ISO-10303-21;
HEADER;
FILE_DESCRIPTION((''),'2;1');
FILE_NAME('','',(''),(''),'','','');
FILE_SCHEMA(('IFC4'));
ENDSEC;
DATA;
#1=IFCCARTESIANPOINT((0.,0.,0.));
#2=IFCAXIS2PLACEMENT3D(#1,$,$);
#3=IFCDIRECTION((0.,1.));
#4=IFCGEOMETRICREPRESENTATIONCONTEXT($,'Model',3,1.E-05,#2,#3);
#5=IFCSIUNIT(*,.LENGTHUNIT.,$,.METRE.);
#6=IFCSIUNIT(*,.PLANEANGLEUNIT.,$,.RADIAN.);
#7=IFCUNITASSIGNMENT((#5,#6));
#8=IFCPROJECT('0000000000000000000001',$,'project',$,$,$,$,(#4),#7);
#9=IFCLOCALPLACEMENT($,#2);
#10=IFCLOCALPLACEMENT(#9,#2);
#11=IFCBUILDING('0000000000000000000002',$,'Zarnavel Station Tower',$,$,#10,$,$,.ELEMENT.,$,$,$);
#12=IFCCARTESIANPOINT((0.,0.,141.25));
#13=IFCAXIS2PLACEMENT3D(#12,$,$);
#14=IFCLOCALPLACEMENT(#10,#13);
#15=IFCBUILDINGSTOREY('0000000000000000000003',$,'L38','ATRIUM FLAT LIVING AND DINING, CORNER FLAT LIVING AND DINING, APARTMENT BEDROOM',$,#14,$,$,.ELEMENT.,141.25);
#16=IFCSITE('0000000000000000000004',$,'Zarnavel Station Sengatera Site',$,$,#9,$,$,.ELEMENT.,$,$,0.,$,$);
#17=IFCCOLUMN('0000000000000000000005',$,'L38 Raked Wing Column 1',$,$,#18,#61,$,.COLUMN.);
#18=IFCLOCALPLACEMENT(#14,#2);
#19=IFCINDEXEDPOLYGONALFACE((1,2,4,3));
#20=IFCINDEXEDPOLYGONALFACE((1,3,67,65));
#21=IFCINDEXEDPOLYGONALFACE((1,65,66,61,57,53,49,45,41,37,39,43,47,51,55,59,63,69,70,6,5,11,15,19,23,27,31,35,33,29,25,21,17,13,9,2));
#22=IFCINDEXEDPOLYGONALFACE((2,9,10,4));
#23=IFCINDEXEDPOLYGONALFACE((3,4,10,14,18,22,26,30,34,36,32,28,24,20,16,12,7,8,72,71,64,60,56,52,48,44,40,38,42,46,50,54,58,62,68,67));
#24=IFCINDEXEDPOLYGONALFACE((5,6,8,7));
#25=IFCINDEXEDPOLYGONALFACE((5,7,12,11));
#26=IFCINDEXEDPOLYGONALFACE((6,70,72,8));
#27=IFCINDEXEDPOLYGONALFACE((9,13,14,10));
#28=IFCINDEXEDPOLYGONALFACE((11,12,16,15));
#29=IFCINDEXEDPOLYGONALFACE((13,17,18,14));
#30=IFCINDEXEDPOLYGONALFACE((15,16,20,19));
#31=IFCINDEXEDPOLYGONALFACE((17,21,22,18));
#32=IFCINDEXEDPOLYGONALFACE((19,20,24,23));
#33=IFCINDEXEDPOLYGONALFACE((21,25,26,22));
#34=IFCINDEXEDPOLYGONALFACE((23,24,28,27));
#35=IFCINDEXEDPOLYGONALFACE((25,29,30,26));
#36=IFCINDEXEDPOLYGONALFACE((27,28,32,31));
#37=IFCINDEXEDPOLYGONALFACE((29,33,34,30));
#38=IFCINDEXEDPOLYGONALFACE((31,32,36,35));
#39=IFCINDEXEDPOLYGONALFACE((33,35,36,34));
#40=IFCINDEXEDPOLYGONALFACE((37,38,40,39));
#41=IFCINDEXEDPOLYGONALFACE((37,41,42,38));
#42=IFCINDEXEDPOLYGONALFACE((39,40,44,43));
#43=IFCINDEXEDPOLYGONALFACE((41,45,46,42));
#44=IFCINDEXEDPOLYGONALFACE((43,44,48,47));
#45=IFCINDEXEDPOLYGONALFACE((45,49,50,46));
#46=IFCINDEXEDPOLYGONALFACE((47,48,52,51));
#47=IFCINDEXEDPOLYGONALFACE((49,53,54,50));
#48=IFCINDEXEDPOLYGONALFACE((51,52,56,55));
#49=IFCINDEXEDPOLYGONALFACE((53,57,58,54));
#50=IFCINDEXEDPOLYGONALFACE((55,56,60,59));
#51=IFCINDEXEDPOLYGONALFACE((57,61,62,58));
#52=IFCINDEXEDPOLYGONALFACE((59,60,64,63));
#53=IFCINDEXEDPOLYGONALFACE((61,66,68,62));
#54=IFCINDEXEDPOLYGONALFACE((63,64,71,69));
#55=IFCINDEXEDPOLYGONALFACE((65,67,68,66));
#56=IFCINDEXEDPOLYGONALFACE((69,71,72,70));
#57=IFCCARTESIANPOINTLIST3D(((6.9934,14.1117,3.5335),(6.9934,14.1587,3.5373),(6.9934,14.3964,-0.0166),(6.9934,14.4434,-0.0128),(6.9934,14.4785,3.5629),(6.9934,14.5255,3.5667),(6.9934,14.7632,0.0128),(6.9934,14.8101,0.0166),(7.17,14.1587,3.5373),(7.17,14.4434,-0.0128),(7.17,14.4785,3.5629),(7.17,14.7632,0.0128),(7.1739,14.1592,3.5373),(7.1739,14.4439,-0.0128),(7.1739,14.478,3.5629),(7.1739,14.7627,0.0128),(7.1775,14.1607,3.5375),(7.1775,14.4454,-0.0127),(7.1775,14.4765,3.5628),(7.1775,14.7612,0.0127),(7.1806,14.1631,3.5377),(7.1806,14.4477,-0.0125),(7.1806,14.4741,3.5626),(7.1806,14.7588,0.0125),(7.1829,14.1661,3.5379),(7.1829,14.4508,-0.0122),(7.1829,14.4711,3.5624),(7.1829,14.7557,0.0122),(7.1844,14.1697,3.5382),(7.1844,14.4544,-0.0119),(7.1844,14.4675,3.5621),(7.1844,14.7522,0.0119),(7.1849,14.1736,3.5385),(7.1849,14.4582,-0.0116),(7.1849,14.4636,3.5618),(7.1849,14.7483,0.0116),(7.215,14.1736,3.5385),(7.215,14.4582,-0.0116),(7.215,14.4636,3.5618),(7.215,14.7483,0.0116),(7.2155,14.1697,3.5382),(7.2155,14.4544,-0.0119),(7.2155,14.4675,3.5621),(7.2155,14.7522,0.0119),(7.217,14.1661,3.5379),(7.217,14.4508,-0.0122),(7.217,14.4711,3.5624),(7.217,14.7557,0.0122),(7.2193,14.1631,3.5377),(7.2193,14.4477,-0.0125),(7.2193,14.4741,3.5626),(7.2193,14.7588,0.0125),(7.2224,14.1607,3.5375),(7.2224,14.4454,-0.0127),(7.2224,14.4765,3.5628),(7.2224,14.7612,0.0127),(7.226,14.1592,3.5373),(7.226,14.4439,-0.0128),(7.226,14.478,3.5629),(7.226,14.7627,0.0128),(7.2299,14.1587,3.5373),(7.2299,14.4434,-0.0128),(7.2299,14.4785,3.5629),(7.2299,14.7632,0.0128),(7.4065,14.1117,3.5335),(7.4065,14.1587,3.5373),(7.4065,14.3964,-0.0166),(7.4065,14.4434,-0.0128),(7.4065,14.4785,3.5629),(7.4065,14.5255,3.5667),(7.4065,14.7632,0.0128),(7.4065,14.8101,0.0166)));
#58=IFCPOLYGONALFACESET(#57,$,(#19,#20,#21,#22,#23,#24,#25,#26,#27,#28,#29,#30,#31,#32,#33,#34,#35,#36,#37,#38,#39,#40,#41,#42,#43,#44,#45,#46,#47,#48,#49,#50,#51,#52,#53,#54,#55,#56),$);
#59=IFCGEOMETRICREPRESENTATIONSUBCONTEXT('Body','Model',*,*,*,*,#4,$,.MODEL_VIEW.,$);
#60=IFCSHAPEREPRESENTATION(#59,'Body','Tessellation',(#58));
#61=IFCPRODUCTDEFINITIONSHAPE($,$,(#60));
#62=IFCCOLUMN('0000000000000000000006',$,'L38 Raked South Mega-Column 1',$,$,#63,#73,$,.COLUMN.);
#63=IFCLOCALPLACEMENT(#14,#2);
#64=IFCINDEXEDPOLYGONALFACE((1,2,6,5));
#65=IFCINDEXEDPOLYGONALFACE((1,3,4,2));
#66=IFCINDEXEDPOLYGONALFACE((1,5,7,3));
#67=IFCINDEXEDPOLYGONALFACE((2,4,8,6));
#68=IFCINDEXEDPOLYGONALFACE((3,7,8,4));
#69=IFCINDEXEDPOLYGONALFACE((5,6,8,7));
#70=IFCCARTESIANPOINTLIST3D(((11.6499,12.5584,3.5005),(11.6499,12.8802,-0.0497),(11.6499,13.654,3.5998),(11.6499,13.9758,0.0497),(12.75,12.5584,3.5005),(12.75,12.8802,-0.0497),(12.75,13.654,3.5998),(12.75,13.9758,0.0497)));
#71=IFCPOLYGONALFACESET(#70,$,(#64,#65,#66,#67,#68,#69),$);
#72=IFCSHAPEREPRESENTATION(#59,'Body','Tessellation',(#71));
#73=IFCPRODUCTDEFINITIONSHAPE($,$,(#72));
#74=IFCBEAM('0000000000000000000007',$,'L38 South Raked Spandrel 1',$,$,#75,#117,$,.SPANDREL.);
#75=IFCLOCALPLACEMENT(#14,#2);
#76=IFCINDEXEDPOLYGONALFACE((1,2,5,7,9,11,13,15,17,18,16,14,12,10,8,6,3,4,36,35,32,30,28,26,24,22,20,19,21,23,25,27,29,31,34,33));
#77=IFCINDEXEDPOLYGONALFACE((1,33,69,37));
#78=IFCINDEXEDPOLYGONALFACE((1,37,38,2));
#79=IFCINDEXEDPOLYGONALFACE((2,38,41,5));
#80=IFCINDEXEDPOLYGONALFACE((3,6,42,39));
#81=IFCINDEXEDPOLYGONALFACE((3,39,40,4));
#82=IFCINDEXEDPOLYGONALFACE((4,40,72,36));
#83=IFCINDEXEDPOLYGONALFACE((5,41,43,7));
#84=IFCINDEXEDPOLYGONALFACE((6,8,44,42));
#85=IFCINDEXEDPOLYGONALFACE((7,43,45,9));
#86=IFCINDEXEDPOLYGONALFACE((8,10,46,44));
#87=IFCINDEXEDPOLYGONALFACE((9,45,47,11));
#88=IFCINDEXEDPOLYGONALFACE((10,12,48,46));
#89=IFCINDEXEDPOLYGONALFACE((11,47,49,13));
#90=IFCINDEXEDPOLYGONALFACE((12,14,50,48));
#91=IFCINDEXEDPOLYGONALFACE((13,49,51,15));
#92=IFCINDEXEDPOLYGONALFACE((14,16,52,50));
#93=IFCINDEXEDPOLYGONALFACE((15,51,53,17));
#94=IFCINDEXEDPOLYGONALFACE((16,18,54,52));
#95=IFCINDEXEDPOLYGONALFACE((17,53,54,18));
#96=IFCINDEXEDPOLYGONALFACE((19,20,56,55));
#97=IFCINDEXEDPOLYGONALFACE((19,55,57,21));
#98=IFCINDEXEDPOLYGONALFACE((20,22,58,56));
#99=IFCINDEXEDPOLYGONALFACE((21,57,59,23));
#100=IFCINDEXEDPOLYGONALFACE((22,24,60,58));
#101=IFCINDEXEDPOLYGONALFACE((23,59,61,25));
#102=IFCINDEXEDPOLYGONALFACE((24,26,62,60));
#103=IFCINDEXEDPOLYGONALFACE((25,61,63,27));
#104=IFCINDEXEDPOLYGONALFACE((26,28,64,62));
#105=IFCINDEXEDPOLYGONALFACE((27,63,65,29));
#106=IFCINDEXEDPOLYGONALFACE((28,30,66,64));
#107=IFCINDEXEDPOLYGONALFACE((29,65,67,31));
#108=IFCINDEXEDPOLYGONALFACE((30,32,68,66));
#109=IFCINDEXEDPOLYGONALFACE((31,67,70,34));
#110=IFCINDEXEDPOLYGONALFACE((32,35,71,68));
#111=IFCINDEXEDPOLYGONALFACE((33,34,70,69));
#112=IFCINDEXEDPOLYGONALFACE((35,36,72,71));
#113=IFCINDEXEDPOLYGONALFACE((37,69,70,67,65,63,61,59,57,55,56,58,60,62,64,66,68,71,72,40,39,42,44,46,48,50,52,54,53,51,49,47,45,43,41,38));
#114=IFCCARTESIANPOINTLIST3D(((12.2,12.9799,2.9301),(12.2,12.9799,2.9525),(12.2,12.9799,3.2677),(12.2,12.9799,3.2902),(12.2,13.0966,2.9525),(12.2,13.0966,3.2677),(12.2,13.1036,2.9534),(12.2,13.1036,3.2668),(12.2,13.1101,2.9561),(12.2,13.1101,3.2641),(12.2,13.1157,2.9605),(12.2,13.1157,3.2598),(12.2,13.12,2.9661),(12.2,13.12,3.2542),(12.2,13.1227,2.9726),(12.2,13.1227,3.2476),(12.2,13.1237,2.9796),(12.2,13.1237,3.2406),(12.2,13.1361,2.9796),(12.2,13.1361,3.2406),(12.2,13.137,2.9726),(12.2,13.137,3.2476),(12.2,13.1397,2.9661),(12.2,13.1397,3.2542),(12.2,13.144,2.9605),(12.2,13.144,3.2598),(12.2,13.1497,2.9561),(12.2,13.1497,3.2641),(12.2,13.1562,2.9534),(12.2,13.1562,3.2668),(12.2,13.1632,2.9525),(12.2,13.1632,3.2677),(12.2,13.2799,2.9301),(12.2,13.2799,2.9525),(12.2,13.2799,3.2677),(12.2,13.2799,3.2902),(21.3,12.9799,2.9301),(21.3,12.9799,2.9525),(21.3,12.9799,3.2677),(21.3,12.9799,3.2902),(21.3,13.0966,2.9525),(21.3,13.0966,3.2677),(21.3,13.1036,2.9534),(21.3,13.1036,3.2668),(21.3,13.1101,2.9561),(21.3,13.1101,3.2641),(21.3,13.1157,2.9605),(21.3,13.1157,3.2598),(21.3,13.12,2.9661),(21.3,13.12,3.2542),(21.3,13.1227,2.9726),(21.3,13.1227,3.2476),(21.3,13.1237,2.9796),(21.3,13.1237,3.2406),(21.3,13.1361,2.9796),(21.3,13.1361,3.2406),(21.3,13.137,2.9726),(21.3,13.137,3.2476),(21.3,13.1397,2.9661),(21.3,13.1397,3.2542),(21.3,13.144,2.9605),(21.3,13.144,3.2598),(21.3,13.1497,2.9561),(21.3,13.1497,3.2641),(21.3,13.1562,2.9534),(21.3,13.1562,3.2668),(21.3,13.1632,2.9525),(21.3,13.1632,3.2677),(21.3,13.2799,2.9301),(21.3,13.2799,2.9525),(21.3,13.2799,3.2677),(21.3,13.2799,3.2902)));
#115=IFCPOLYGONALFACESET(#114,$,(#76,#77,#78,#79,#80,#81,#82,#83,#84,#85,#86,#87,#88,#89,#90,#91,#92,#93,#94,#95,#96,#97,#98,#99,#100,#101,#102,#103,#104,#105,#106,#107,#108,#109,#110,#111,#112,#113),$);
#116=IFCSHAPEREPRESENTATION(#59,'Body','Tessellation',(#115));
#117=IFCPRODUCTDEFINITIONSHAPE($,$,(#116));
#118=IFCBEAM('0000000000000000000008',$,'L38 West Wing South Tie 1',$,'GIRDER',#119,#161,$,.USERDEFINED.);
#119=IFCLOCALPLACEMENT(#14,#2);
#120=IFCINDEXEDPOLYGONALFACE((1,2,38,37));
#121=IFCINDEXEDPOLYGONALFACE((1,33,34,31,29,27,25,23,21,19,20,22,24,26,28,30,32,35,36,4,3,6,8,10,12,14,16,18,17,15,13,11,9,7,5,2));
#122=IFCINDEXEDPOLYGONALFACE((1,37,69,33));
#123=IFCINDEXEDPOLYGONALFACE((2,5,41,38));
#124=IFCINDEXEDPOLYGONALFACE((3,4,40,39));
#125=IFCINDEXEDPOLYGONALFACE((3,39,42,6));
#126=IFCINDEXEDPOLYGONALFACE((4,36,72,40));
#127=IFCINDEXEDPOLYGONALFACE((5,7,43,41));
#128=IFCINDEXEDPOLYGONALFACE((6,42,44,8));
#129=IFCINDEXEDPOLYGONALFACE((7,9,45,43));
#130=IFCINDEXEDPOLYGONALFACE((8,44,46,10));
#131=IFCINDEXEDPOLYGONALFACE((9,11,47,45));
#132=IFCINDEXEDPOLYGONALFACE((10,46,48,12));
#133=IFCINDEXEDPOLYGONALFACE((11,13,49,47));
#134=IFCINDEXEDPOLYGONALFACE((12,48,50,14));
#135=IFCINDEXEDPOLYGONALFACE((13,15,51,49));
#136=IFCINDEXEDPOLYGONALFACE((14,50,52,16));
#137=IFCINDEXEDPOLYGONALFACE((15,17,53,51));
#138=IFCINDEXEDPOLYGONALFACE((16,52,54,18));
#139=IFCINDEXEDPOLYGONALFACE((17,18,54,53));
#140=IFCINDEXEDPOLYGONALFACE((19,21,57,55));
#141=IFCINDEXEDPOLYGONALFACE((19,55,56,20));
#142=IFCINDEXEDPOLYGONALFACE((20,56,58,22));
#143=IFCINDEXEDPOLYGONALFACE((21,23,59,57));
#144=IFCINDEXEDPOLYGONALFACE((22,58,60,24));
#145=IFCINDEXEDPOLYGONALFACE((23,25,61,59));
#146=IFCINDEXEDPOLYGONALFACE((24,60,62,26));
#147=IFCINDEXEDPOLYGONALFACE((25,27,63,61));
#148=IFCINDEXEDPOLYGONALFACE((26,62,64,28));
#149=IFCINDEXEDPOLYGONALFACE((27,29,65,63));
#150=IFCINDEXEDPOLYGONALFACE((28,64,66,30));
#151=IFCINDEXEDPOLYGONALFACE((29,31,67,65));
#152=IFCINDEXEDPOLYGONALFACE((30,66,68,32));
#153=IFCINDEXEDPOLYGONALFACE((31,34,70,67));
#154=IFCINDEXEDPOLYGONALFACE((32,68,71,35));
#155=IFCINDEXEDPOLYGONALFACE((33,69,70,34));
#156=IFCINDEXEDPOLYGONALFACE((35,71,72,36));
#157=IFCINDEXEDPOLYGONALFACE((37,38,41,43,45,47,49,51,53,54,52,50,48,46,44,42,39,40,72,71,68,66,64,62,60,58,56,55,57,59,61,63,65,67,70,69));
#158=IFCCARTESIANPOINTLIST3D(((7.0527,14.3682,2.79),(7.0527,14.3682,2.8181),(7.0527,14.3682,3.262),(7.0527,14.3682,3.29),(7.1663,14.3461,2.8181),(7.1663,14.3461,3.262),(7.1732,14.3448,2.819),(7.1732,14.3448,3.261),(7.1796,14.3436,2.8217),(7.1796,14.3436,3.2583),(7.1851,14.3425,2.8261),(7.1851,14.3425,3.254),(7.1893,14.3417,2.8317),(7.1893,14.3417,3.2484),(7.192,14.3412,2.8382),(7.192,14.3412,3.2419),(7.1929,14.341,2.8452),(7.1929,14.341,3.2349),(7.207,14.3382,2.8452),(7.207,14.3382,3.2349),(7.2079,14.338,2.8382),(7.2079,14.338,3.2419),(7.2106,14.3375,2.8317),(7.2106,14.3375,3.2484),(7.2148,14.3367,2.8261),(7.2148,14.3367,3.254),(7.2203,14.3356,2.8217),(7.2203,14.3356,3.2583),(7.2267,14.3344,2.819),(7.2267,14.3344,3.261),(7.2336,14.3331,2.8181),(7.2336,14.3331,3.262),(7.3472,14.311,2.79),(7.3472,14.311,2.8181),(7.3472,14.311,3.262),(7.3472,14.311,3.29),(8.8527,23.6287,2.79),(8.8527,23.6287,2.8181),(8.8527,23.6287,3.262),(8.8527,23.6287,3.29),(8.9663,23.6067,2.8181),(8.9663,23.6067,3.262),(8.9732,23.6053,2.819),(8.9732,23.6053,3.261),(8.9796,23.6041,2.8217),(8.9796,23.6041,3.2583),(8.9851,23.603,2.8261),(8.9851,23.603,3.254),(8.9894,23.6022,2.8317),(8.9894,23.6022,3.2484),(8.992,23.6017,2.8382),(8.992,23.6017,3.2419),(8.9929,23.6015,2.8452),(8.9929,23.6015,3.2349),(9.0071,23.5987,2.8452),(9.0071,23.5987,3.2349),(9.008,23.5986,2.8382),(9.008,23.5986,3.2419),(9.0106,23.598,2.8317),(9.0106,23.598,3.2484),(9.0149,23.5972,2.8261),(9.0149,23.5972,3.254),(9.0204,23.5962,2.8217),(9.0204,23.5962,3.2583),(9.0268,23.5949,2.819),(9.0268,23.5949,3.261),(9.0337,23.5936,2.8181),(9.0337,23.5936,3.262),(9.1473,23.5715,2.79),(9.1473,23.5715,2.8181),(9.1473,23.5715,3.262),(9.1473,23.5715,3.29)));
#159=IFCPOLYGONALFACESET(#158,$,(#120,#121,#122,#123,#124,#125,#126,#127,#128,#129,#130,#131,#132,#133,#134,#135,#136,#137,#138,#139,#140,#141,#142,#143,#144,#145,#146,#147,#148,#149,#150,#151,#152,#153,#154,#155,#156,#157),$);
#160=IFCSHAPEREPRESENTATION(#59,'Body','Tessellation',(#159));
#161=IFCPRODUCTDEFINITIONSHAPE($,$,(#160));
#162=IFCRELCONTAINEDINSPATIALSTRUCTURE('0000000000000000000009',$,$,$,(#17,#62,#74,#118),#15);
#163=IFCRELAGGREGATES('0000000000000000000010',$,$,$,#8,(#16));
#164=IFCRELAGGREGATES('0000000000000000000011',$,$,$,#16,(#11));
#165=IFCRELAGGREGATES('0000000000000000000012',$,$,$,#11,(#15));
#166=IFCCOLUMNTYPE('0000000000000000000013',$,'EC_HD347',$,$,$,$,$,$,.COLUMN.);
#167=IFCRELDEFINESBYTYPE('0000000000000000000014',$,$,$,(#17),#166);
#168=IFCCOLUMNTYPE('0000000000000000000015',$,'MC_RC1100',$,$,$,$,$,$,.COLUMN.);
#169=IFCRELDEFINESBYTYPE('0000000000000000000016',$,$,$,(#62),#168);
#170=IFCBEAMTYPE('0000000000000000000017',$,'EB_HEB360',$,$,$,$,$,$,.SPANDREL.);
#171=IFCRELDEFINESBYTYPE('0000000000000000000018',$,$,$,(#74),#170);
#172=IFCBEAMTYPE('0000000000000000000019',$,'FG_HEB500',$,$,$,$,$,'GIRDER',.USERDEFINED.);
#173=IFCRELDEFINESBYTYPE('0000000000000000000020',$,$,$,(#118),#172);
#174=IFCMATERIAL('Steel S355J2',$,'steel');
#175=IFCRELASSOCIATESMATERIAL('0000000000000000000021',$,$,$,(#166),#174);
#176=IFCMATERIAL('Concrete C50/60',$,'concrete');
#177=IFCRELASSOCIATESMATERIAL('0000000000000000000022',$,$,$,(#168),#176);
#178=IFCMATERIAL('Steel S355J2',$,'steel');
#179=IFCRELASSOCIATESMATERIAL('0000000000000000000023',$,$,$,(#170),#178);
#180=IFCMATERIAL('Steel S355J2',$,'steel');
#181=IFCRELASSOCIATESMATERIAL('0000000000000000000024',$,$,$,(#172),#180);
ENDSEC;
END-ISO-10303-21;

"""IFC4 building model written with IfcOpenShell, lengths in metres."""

from ifc_helpers import new_model, si_unit, direction, frame, origin, origin_2d, place, context, subcontext, project, spatial, rectangle, i_section, extrude, material, material_profile, profile_set, type_object, element, save


model = new_model("IFC4")

# Units and contexts
model_context = context("Model", 3, precision=1e-05, world=origin(), true_north=direction((0.0, 1.0)))
body_context = subcontext(model_context, "Body", "Model", "MODEL_VIEW")
ifc_project = project(units=[si_unit("LENGTHUNIT", "METRE"), si_unit("PLANEANGLEUNIT", "RADIAN")], contexts=[model_context])

# Site, building, storey
site_placement = place(None, origin())
site = spatial("IfcSite", under=ifc_project, at=site_placement, Name="Zarnavel Station Sengatera Site", CompositionType="ELEMENT", RefElevation=0.0)
building_placement = place(site_placement, origin())
building = spatial("IfcBuilding", under=site, at=building_placement, Name="Zarnavel Station Tower", CompositionType="ELEMENT")
storey_placement = place(building_placement, frame((0.0, 0.0, 141.25)))
storey = spatial("IfcBuildingStorey", under=building, at=storey_placement, Name="L38", Description="ATRIUM FLAT LIVING AND DINING, CORNER FLAT LIVING AND DINING, APARTMENT BEDROOM", CompositionType="ELEMENT", Elevation=141.25)

# Columns
ifc_material_1 = material(Name="Steel S355J2", Category="steel")
ifc_material_profile_1 = material_profile(ifc_material_1, i_section(OverallWidth=0.4131, OverallDepth=0.415, WebThickness=0.03, FlangeThickness=0.0471, FilletRadius=0.0149, at=origin_2d()), Name="HD400x347")
ifc_profile_set_1 = profile_set([ifc_material_profile_1], Name="Steel S355J2")
column_type_1 = type_object("IfcColumnType", Name="EC_HD347", PredefinedType="COLUMN", material=ifc_profile_set_1)
column_1_placement = place(storey_placement, frame((7.2, 14.6033, 0.0), z_axis=(0.0, -0.07993, 0.9968), x_axis=(1.0, 0.0, 0.0)))
element("IfcColumn", 1, at=column_1_placement, inside=storey, type_object=column_type_1, Name="L38 Raked Wing Column 1", PredefinedType="COLUMN", context=body_context, shape_type="SweptSolid", body=[
    extrude(i_section(OverallWidth=0.4131, OverallDepth=0.415, WebThickness=0.03, FlangeThickness=0.0471, FilletRadius=0.0149, at=origin_2d()), origin(), (0.0, 0.0, 1.0), 3.5615),
])
ifc_material_2 = material(Name="Concrete C50/60", Category="concrete")
ifc_material_profile_2 = material_profile(ifc_material_2, rectangle(XDim=1.1001, YDim=1.1001, at=origin_2d()), Name="RC1100x1100")
ifc_profile_set_2 = profile_set([ifc_material_profile_2], Name="Concrete C50/60")
column_type_2 = type_object("IfcColumnType", Name="MC_RC1100", PredefinedType="COLUMN", material=ifc_profile_set_2)
column_2_placement = place(storey_placement, frame((12.2, 13.428, 0.0), z_axis=(0.0, -0.09027, 0.995917), x_axis=(1.0, 0.0, 0.0)))
element("IfcColumn", 2, at=column_2_placement, inside=storey, type_object=column_type_2, Name="L38 Raked South Mega-Column 1", PredefinedType="COLUMN", context=body_context, shape_type="SweptSolid", body=[
    extrude(rectangle(XDim=1.1001, YDim=1.1001, at=origin_2d()), origin(), (0.0, 0.0, 1.0), 3.5647),
])

# Beams
ifc_material_3 = material(Name="Steel S355J2", Category="steel")
ifc_material_profile_3 = material_profile(ifc_material_3, i_section(OverallWidth=0.3, OverallDepth=0.3601, WebThickness=0.0125, FlangeThickness=0.0225, FilletRadius=0.0271, at=origin_2d()), Name="HEB360")
ifc_profile_set_3 = profile_set([ifc_material_profile_3], Name="Steel S355J2")
beam_type_1 = type_object("IfcBeamType", Name="EB_HEB360", PredefinedType="SPANDREL", material=ifc_profile_set_3)
beam_1_placement = place(storey_placement, frame((12.2, 13.1299, 3.1101), z_axis=(1.0, 0.0, 0.0), x_axis=(0.0, 1.0, 0.0)))
element("IfcBeam", 3, at=beam_1_placement, inside=storey, type_object=beam_type_1, Name="L38 South Raked Spandrel 1", PredefinedType="SPANDREL", context=body_context, shape_type="SweptSolid", body=[
    extrude(i_section(OverallWidth=0.3, OverallDepth=0.3601, WebThickness=0.0125, FlangeThickness=0.0225, FilletRadius=0.0271, at=origin_2d()), origin(), (0.0, 0.0, 1.0), 9.1001),
])
ifc_material_4 = material(Name="Steel S355J2", Category="steel")
ifc_material_profile_4 = material_profile(ifc_material_4, i_section(OverallWidth=0.3, OverallDepth=0.5, WebThickness=0.0144, FlangeThickness=0.0281, FilletRadius=0.0271, at=origin_2d()), Name="HEB500")
ifc_profile_set_4 = profile_set([ifc_material_profile_4], Name="Steel S355J2")
beam_type_2 = type_object("IfcBeamType", Name="FG_HEB500", ElementType="GIRDER", PredefinedType="USERDEFINED", material=ifc_profile_set_4)
beam_2_placement = place(storey_placement, frame((7.2, 14.3396, 3.04), z_axis=(0.190808, 0.981627, 0.0), x_axis=(-0.981627, 0.190808, 0.0)))
element("IfcBeam", 4, at=beam_2_placement, inside=storey, type_object=beam_type_2, Name="L38 West Wing South Tie 1", ObjectType="GIRDER", PredefinedType="USERDEFINED", context=body_context, shape_type="SweptSolid", body=[
    extrude(i_section(OverallWidth=0.3, OverallDepth=0.5, WebThickness=0.0144, FlangeThickness=0.0281, FilletRadius=0.0271, at=origin_2d()), origin(), (0.0, 0.0, 1.0), 9.4338),
])

save(model, "model.ifc")
